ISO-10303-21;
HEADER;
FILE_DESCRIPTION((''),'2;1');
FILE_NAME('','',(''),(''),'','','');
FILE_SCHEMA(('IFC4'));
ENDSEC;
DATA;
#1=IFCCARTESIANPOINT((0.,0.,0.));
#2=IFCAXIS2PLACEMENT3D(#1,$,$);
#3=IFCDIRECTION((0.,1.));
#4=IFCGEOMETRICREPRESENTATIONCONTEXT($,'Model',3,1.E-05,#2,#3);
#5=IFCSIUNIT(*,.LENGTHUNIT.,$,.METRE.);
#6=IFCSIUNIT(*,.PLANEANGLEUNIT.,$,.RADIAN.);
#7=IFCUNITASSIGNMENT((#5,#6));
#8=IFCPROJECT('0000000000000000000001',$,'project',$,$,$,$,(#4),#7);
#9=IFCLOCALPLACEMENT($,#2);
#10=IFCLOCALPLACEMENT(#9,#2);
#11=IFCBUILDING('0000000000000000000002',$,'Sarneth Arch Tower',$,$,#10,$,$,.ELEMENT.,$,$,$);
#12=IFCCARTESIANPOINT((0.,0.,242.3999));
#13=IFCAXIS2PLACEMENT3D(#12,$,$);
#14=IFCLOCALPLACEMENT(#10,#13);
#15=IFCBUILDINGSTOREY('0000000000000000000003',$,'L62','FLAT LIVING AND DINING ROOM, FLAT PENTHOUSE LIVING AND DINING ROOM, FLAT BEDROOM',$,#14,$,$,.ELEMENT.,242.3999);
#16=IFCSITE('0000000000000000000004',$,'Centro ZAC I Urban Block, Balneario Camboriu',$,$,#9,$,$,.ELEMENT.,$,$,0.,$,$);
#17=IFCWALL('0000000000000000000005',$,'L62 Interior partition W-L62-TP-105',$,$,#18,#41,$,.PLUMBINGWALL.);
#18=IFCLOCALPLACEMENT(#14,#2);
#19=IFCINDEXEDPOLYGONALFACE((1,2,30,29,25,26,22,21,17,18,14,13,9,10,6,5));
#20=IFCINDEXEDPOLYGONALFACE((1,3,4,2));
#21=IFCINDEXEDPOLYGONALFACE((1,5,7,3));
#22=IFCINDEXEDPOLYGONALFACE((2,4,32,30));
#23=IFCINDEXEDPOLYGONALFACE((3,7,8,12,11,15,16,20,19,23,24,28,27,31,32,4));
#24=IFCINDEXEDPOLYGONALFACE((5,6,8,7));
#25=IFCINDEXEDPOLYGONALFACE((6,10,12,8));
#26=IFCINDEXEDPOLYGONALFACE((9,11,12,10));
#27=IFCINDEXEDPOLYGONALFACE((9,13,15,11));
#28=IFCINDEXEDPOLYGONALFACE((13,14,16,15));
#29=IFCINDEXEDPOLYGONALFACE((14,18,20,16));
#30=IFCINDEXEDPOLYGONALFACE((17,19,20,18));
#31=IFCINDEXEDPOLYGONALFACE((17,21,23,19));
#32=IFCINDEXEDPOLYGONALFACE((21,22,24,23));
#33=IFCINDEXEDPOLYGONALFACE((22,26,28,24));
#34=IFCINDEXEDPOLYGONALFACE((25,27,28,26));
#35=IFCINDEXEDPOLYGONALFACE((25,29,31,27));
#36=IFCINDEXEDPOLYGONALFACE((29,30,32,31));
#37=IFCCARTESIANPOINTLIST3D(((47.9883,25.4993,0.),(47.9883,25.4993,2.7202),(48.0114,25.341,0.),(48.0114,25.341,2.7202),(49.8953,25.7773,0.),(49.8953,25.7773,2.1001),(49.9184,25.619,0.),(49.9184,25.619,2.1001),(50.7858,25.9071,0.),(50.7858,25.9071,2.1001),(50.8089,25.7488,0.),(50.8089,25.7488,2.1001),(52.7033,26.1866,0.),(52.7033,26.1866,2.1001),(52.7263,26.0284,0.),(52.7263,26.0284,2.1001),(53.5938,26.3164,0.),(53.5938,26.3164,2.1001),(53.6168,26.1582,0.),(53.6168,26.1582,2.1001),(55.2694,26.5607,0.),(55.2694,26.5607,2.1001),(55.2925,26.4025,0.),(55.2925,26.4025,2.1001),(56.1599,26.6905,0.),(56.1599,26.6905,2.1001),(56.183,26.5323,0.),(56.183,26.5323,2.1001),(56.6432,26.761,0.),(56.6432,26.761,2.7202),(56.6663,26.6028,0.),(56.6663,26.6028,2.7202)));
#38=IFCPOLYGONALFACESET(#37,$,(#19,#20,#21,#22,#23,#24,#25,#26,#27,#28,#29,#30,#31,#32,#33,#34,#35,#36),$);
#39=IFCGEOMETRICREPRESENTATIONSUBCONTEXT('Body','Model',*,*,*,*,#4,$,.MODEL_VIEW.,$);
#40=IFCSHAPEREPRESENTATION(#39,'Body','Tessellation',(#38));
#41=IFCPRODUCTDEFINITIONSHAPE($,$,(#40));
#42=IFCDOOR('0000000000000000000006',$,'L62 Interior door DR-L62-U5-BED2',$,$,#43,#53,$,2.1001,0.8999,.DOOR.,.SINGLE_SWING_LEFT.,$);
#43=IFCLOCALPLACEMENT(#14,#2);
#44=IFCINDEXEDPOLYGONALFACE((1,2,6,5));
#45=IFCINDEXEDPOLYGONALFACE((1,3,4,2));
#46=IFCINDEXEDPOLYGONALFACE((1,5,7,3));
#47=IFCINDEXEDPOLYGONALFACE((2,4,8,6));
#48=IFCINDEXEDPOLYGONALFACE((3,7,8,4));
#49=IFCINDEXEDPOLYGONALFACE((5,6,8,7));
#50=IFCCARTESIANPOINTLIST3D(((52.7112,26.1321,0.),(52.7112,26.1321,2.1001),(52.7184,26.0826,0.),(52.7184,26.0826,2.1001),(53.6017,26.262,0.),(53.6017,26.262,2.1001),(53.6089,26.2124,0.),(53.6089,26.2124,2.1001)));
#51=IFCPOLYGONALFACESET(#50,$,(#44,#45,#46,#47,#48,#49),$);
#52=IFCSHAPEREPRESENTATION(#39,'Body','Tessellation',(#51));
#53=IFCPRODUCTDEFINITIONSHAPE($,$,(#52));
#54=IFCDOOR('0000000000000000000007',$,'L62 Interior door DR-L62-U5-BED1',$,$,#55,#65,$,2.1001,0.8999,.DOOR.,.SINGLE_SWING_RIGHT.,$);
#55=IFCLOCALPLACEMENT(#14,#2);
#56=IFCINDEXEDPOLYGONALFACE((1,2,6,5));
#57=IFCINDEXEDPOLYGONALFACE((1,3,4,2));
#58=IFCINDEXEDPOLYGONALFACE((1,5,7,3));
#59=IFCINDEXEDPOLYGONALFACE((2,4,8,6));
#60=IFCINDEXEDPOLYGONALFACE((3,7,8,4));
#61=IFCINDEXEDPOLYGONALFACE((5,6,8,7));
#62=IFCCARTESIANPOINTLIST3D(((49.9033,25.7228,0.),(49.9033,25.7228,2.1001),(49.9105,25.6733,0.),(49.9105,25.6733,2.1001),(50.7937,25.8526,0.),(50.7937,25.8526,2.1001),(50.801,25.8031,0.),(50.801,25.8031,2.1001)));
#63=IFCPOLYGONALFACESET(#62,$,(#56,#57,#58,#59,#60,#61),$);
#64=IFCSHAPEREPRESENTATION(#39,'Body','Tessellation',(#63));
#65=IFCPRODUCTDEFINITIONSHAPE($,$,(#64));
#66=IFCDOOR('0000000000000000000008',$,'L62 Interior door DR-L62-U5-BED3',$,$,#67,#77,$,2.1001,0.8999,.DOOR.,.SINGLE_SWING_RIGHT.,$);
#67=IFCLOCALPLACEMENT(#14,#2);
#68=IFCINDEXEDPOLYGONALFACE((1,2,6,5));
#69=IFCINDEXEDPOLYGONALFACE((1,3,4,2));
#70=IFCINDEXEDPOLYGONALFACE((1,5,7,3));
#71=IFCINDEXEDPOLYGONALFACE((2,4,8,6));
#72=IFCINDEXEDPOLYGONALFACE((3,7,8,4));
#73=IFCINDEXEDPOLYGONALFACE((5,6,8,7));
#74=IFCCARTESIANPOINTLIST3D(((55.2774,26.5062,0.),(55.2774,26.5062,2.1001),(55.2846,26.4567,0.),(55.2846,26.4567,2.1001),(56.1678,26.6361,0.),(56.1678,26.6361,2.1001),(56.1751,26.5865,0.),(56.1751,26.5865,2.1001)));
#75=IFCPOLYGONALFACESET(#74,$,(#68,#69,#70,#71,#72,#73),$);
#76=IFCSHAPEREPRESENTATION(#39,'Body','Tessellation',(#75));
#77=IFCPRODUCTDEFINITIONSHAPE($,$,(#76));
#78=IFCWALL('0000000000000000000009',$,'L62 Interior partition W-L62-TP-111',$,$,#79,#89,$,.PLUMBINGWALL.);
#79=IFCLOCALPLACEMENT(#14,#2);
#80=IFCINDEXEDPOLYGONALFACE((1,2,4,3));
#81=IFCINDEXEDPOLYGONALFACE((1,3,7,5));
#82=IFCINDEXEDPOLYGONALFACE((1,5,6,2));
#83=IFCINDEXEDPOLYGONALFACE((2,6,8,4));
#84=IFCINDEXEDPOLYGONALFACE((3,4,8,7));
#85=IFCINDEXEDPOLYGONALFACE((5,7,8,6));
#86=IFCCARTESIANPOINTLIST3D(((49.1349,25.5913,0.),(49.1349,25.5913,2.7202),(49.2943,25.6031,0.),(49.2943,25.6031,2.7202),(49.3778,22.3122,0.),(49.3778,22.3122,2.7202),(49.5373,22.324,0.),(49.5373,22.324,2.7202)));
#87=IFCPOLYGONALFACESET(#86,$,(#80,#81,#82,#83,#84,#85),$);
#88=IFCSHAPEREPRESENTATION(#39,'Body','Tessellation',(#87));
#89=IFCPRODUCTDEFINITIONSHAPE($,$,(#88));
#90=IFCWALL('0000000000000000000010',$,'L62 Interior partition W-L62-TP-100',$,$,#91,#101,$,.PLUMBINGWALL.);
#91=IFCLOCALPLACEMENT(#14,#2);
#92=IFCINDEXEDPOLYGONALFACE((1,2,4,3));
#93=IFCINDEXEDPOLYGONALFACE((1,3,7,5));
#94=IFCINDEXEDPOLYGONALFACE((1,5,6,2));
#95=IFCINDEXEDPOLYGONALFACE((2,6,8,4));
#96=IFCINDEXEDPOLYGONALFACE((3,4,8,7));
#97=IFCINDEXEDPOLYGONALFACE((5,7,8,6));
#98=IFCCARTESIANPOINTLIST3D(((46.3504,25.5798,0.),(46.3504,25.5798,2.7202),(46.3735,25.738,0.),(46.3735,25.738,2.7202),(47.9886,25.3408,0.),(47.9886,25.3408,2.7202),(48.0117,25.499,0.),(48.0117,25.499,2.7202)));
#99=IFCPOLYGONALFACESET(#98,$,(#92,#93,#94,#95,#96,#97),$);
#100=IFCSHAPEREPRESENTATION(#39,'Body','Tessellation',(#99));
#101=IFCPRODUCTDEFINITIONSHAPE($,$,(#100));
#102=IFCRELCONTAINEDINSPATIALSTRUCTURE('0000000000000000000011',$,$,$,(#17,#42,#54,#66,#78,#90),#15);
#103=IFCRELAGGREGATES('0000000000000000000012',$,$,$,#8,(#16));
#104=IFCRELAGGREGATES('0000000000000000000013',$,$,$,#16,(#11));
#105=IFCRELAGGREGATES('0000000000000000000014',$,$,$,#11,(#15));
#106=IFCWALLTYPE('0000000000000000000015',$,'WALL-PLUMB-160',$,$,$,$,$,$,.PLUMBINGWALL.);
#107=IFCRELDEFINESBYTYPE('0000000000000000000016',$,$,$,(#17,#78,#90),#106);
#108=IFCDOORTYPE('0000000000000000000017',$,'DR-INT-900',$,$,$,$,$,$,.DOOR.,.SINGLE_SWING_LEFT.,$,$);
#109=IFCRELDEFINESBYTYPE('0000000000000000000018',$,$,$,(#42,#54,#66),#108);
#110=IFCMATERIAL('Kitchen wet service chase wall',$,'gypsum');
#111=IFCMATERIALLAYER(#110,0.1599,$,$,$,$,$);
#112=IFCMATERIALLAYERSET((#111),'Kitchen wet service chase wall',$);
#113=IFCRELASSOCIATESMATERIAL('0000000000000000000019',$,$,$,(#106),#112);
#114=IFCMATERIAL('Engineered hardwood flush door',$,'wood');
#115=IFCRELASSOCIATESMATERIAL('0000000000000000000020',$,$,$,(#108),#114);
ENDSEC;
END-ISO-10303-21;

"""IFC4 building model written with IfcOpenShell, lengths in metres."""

from ifc_helpers import new_model, si_unit, direction, frame, frame_2d, origin, place, context, subcontext, project, spatial, rectangle, extrude, material, layer, layer_set, type_object, element, fill, save


model = new_model("IFC4")

# Units and contexts
model_context = context("Model", 3, precision=1e-05, world=origin(), true_north=direction((0.0, 1.0)))
body_context = subcontext(model_context, "Body", "Model", "MODEL_VIEW")
ifc_project = project(units=[si_unit("LENGTHUNIT", "METRE"), si_unit("PLANEANGLEUNIT", "RADIAN")], contexts=[model_context])

# Site, building, storey
site_placement = place(None, origin())
site = spatial("IfcSite", under=ifc_project, at=site_placement, Name="Centro ZAC I Urban Block, Balneario Camboriu", CompositionType="ELEMENT", RefElevation=0.0)
building_placement = place(site_placement, origin())
building = spatial("IfcBuilding", under=site, at=building_placement, Name="Sarneth Arch Tower", CompositionType="ELEMENT")
storey_placement = place(building_placement, frame((0.0, 0.0, 242.3999)))
storey = spatial("IfcBuildingStorey", under=building, at=storey_placement, Name="L62", Description="FLAT LIVING AND DINING ROOM, FLAT PENTHOUSE LIVING AND DINING ROOM, FLAT BEDROOM", CompositionType="ELEMENT", Elevation=242.3999)

# Wall, openings, doors
ifc_material_1 = material(Name="Kitchen wet service chase wall", Category="gypsum")
ifc_layer_1 = layer(ifc_material_1, 0.1599)
ifc_layer_set_1 = layer_set([ifc_layer_1], Name="Kitchen wet service chase wall")
wall_type_1 = type_object("IfcWallType", Name="WALL-PLUMB-160", PredefinedType="PLUMBINGWALL", material=ifc_layer_set_1)
wall_1_placement = place(storey_placement, frame((48.0, 25.4202, 0.0), z_axis=(0.0, 0.0, 1.0), x_axis=(0.98954, 0.144258, 0.0)))
wall_1 = element("IfcWall", 1, at=wall_1_placement, inside=storey, type_object=wall_type_1, Name="L62 Interior partition W-L62-TP-105", PredefinedType="PLUMBINGWALL", context=body_context, shape_type="SweptSolid", body=[
    extrude(rectangle(XDim=8.7463, YDim=0.1599, at=frame_2d((4.373, 0.0))), origin(), (0.0, 0.0, 1.0), 2.7202),
])
opening_1_placement = place(wall_1_placement, frame((4.7646, 0.0, 0.0)))
opening_1 = element("IfcOpeningElement", 2, at=opening_1_placement, cuts=wall_1, PredefinedType="OPENING", context=body_context, shape_type="SweptSolid", body=[
    extrude(rectangle(XDim=0.8999, YDim=2.1001, at=frame_2d((0.45, 1.05))), frame((0.0, 0.0898, 0.0), z_axis=(0.0, -1.0, 0.0), x_axis=(1.0, 0.0, 0.0)), (0.0, 0.0, 1.0), 0.1799),
])
opening_2_placement = place(wall_1_placement, frame((1.927, 0.0, 0.0)))
opening_2 = element("IfcOpeningElement", 3, at=opening_2_placement, cuts=wall_1, PredefinedType="OPENING", context=body_context, shape_type="SweptSolid", body=[
    extrude(rectangle(XDim=0.8999, YDim=2.1001, at=frame_2d((0.45, 1.05))), frame((0.0, 0.0898, 0.0), z_axis=(0.0, -1.0, 0.0), x_axis=(1.0, 0.0, 0.0)), (0.0, 0.0, 1.0), 0.1799),
])
opening_3_placement = place(wall_1_placement, frame((7.3579, 0.0, 0.0)))
opening_3 = element("IfcOpeningElement", 4, at=opening_3_placement, cuts=wall_1, PredefinedType="OPENING", context=body_context, shape_type="SweptSolid", body=[
    extrude(rectangle(XDim=0.8999, YDim=2.1001, at=frame_2d((0.45, 1.05))), frame((0.0, 0.0898, 0.0), z_axis=(0.0, -1.0, 0.0), x_axis=(1.0, 0.0, 0.0)), (0.0, 0.0, 1.0), 0.1799),
])
ifc_material_2 = material(Name="Engineered hardwood flush door", Category="wood")
door_type_1 = type_object("IfcDoorType", Name="DR-INT-900", OperationType="SINGLE_SWING_LEFT", PredefinedType="DOOR", material=ifc_material_2)
door_1_placement = place(opening_1_placement, origin())
door_1 = element("IfcDoor", 5, at=door_1_placement, inside=storey, type_object=door_type_1, Name="L62 Interior door DR-L62-U5-BED2", OperationType="SINGLE_SWING_LEFT", OverallHeight=2.1001, OverallWidth=0.8999, PredefinedType="DOOR", context=body_context, shape_type="SweptSolid", body=[
    extrude(rectangle(XDim=0.8999, YDim=2.1001, at=frame_2d((0.45, 1.05))), frame((0.0, 0.0249, 0.0), z_axis=(0.0, -1.0, 0.0), x_axis=(1.0, 0.0, 0.0)), (0.0, 0.0, 1.0), 0.05),
])
fill(opening_1, door_1)
door_2_placement = place(opening_2_placement, origin())
door_2 = element("IfcDoor", 6, at=door_2_placement, inside=storey, type_object=door_type_1, Name="L62 Interior door DR-L62-U5-BED1", OperationType="SINGLE_SWING_RIGHT", OverallHeight=2.1001, OverallWidth=0.8999, PredefinedType="DOOR", context=body_context, shape_type="SweptSolid", body=[
    extrude(rectangle(XDim=0.8999, YDim=2.1001, at=frame_2d((0.45, 1.05))), frame((0.0, 0.0249, 0.0), z_axis=(0.0, -1.0, 0.0), x_axis=(1.0, 0.0, 0.0)), (0.0, 0.0, 1.0), 0.05),
])
fill(opening_2, door_2)
door_3_placement = place(opening_3_placement, origin())
door_3 = element("IfcDoor", 7, at=door_3_placement, inside=storey, type_object=door_type_1, Name="L62 Interior door DR-L62-U5-BED3", OperationType="SINGLE_SWING_RIGHT", OverallHeight=2.1001, OverallWidth=0.8999, PredefinedType="DOOR", context=body_context, shape_type="SweptSolid", body=[
    extrude(rectangle(XDim=0.8999, YDim=2.1001, at=frame_2d((0.45, 1.05))), frame((0.0, 0.0249, 0.0), z_axis=(0.0, -1.0, 0.0), x_axis=(1.0, 0.0, 0.0)), (0.0, 0.0, 1.0), 0.05),
])
fill(opening_3, door_3)

# Walls
wall_2_placement = place(storey_placement, frame((49.4575, 22.3181, 0.0), z_axis=(0.0, 0.0, 1.0), x_axis=(-0.07388, 0.997267, 0.0)))
element("IfcWall", 8, at=wall_2_placement, inside=storey, type_object=wall_type_1, Name="L62 Interior partition W-L62-TP-111", PredefinedType="PLUMBINGWALL", context=body_context, shape_type="SweptSolid", body=[
    extrude(rectangle(XDim=3.2881, YDim=0.1599, at=frame_2d((1.644, 0.0))), origin(), (0.0, 0.0, 1.0), 2.7202),
])
wall_3_placement = place(storey_placement, frame((48.0, 25.4199, 0.0), z_axis=(0.0, 0.0, 1.0), x_axis=(-0.989523, 0.144373, 0.0)))
element("IfcWall", 9, at=wall_3_placement, inside=storey, type_object=wall_type_1, Name="L62 Interior partition W-L62-TP-100", PredefinedType="PLUMBINGWALL", context=body_context, shape_type="SweptSolid", body=[
    extrude(rectangle(XDim=1.6555, YDim=0.1599, at=frame_2d((0.8276, 0.0))), origin(), (0.0, 0.0, 1.0), 2.7202),
])

save(model, "model.ifc")
